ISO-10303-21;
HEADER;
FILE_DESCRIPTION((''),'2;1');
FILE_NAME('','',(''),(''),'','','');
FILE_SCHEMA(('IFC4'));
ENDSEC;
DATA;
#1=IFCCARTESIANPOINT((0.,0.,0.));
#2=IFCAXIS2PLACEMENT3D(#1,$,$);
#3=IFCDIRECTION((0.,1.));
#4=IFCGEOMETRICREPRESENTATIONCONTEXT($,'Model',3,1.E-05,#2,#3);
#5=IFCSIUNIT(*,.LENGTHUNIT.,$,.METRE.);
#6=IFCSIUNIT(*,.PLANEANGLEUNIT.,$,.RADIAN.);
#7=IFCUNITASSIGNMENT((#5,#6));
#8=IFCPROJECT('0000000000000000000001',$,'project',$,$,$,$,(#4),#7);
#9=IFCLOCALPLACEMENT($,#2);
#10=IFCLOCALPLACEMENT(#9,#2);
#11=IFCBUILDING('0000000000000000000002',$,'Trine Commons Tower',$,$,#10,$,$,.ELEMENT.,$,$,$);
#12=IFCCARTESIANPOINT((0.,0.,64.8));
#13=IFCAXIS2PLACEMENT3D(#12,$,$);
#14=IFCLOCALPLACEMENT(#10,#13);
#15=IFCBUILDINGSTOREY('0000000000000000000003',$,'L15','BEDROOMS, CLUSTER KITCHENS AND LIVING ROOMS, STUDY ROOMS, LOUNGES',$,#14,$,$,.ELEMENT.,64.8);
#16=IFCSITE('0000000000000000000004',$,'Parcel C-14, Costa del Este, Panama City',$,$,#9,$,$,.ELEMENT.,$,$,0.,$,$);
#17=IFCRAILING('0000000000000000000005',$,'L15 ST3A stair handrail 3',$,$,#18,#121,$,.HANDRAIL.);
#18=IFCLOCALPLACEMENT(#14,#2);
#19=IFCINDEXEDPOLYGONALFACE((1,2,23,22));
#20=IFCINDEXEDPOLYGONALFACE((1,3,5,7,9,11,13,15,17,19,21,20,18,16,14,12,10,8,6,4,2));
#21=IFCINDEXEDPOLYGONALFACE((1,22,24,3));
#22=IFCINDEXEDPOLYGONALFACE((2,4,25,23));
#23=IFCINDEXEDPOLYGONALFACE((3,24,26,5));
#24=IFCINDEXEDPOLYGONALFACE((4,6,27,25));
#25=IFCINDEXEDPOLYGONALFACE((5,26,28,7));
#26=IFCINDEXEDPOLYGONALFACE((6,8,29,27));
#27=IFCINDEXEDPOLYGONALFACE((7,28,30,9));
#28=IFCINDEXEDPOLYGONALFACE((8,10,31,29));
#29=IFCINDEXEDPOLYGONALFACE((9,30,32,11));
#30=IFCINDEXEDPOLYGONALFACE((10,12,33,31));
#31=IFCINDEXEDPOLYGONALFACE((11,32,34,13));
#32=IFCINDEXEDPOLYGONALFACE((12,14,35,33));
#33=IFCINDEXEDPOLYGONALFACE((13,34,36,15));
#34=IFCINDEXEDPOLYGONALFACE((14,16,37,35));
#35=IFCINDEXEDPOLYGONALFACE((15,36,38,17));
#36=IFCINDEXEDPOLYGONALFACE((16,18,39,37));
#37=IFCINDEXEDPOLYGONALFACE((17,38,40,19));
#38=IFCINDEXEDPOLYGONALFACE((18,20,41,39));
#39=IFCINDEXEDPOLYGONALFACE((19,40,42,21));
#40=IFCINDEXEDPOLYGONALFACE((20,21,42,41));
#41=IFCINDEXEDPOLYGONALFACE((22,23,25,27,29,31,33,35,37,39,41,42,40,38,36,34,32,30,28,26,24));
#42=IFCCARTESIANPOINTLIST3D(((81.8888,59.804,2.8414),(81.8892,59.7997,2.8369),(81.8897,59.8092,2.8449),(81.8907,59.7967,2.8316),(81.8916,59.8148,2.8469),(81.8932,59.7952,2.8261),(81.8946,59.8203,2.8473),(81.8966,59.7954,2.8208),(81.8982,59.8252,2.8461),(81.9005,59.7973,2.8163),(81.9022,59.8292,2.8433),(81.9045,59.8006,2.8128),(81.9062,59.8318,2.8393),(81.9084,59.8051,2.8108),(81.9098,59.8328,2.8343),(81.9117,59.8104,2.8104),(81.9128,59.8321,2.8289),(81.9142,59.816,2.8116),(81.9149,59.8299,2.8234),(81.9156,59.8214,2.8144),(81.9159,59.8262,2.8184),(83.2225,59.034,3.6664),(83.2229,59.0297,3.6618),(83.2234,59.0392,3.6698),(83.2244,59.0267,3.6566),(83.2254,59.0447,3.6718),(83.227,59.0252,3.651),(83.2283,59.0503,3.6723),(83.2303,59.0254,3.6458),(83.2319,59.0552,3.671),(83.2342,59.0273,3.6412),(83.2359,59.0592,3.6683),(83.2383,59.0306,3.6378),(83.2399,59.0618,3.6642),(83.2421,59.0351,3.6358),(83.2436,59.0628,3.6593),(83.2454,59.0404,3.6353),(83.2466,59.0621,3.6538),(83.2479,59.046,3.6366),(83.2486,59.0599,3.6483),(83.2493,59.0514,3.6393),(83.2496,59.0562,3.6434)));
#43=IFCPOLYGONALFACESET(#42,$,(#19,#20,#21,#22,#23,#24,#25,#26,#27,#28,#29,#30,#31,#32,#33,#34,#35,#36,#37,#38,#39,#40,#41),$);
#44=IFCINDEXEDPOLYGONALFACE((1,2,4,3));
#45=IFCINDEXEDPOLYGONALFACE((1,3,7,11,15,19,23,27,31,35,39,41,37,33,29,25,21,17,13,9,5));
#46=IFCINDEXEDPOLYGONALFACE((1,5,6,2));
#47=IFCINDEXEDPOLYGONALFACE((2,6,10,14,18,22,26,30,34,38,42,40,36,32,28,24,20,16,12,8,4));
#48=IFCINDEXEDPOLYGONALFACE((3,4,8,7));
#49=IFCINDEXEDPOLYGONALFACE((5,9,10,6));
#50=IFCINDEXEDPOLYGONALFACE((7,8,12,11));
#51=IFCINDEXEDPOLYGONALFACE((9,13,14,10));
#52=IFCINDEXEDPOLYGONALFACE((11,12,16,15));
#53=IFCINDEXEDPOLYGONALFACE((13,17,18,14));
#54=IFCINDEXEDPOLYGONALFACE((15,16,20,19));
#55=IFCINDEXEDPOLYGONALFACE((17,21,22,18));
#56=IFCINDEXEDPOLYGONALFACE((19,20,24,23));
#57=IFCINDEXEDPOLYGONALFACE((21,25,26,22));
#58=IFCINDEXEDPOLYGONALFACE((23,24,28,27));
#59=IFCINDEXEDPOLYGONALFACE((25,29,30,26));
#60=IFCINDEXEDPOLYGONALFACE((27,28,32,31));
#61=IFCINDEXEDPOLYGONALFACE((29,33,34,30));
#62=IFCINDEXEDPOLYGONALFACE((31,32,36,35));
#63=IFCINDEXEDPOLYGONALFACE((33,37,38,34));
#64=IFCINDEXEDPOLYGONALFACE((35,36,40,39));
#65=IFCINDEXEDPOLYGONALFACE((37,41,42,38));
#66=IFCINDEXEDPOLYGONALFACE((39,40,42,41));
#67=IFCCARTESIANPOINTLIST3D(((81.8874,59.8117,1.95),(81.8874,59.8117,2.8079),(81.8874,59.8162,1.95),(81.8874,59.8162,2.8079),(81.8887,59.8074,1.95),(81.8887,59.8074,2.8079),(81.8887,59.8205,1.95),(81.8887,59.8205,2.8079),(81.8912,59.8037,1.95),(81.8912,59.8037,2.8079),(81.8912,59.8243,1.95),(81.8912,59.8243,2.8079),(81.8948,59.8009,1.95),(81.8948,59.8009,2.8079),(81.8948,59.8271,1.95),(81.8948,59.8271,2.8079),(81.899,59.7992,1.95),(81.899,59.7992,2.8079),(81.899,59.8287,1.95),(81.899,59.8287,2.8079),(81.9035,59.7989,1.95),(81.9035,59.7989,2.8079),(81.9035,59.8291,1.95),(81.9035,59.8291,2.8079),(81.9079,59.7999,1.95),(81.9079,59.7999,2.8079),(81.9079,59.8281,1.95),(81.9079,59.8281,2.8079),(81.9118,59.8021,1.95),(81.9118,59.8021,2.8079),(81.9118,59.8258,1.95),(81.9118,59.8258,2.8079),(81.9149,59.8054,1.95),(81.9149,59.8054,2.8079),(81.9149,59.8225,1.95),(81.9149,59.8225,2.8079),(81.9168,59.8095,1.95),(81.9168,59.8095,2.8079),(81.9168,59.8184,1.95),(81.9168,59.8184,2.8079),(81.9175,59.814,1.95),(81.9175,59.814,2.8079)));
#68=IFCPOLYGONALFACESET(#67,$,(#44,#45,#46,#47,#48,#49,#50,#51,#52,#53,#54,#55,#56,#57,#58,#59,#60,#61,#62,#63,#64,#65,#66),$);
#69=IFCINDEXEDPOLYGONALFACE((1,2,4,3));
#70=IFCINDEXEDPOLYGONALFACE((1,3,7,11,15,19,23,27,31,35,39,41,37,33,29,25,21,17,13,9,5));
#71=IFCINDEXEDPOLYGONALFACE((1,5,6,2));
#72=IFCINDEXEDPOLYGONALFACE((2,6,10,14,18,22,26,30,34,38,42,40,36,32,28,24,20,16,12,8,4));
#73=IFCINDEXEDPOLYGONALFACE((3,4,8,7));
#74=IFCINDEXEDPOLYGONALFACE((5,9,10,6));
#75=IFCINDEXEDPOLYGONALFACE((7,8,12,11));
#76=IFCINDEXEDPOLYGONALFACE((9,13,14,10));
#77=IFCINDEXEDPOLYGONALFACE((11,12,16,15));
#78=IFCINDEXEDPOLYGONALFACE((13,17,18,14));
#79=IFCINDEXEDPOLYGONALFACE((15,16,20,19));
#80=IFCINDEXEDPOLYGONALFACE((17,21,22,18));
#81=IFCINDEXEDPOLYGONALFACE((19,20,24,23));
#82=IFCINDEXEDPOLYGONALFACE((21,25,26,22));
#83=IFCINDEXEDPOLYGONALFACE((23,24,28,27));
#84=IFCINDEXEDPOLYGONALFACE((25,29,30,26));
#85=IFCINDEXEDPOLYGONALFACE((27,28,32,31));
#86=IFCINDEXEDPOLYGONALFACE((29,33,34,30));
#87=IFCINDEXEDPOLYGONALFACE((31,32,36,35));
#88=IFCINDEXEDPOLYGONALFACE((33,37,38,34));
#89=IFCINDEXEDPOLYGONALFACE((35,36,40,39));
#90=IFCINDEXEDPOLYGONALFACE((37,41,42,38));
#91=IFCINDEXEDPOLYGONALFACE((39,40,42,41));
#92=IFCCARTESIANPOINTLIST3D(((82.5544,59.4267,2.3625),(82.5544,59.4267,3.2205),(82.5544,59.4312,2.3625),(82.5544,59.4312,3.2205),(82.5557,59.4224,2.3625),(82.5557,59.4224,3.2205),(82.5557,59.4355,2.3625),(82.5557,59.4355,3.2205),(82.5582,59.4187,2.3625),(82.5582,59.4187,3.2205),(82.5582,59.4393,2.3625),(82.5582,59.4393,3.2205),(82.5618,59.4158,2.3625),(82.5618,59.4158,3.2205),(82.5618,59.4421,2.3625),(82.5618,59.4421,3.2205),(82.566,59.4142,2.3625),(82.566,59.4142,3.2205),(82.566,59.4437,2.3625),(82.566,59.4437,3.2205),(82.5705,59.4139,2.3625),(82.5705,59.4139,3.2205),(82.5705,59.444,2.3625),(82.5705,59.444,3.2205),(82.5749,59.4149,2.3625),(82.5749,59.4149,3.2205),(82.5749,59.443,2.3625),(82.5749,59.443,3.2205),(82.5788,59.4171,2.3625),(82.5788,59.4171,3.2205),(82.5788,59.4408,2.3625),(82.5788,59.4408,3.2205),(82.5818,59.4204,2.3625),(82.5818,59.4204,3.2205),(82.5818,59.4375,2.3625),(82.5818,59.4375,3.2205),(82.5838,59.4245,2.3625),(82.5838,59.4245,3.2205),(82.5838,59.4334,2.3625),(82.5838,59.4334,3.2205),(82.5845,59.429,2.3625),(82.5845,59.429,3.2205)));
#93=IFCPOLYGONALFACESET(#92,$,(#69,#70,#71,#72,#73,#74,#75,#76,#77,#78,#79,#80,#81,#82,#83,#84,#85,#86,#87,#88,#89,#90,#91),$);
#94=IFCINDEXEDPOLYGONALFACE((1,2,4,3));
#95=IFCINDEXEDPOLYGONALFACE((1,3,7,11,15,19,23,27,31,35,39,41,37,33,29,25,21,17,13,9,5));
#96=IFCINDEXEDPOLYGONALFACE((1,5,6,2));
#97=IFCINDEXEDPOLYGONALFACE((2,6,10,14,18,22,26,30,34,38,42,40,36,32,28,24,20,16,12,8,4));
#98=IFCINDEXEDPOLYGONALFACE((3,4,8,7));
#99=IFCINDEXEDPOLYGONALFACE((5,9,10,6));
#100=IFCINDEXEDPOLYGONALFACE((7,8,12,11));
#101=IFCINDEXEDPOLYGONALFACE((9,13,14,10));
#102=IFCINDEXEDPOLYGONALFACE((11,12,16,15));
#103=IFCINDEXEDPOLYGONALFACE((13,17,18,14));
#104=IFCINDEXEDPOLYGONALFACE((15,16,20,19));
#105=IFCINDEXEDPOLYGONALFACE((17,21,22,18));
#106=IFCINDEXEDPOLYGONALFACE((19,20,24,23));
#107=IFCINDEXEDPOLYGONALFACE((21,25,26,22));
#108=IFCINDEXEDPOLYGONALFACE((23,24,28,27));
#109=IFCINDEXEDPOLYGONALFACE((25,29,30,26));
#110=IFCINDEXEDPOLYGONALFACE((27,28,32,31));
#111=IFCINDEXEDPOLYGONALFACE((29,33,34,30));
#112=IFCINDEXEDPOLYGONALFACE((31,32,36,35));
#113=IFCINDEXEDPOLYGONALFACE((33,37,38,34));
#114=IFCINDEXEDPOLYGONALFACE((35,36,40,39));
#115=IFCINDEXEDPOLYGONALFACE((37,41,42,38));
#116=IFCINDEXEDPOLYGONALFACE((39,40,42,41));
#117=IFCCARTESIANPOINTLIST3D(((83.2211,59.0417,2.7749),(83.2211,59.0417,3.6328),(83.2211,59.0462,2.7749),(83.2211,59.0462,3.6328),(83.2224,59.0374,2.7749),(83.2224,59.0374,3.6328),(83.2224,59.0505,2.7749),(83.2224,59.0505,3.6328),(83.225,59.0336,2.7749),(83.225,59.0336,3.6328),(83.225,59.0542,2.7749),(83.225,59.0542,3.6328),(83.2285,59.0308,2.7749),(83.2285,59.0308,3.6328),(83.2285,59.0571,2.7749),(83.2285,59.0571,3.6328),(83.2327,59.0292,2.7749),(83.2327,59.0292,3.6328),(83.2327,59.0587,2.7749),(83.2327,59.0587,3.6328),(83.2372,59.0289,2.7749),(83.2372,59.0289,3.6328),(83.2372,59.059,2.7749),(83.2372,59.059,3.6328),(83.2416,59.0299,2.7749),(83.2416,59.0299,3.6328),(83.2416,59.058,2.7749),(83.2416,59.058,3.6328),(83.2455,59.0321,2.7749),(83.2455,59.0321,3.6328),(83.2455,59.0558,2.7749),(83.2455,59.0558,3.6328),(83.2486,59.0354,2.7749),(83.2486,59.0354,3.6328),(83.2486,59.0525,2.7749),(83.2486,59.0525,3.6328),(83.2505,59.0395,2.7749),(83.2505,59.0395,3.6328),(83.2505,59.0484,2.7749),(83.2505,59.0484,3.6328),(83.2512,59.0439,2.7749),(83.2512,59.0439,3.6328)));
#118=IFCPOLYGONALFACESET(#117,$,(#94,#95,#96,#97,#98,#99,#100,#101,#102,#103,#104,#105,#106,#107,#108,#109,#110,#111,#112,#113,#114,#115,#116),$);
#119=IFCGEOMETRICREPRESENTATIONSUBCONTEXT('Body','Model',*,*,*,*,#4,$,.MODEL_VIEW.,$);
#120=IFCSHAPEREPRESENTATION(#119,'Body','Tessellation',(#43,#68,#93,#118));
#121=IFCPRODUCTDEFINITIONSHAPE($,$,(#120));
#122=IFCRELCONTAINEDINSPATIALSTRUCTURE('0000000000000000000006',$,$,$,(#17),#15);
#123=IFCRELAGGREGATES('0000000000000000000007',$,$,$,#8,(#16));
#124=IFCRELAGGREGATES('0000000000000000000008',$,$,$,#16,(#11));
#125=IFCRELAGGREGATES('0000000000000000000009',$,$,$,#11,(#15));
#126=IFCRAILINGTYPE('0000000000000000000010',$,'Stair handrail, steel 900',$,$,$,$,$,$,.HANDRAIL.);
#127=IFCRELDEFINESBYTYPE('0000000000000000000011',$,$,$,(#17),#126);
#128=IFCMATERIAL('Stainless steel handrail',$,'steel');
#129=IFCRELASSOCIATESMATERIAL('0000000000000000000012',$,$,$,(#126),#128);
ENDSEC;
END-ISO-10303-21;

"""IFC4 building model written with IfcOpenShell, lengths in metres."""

from ifc_helpers import new_model, si_unit, direction, frame, origin, origin_2d, place, context, subcontext, project, spatial, circle, extrude, material, type_object, element, save


model = new_model("IFC4")

# Units and contexts
model_context = context("Model", 3, precision=1e-05, world=origin(), true_north=direction((0.0, 1.0)))
body_context = subcontext(model_context, "Body", "Model", "MODEL_VIEW")
ifc_project = project(units=[si_unit("LENGTHUNIT", "METRE"), si_unit("PLANEANGLEUNIT", "RADIAN")], contexts=[model_context])

# Site, building, storey
site_placement = place(None, origin())
site = spatial("IfcSite", under=ifc_project, at=site_placement, Name="Parcel C-14, Costa del Este, Panama City", CompositionType="ELEMENT", RefElevation=0.0)
building_placement = place(site_placement, origin())
building = spatial("IfcBuilding", under=site, at=building_placement, Name="Trine Commons Tower", CompositionType="ELEMENT")
storey_placement = place(building_placement, frame((0.0, 0.0, 64.8)))
storey = spatial("IfcBuildingStorey", under=building, at=storey_placement, Name="L15", Description="BEDROOMS, CLUSTER KITCHENS AND LIVING ROOMS, STUDY ROOMS, LOUNGES", CompositionType="ELEMENT", Elevation=64.8)

# Railing
ifc_material_1 = material(Name="Stainless steel handrail", Category="steel")
railing_type_1 = type_object("IfcRailingType", Name="Stair handrail, steel 900", PredefinedType="HANDRAIL", material=ifc_material_1)
railing_1_placement = place(storey_placement, frame((81.9023, 59.814, 1.95)))
element("IfcRailing", 1, at=railing_1_placement, inside=storey, type_object=railing_type_1, Name="L15 ST3A stair handrail 3", PredefinedType="HANDRAIL", context=body_context, shape_type="SweptSolid", body=[
    extrude(circle(Radius=0.021, at=origin_2d()), frame((0.0, 0.0, 0.8789), z_axis=(0.763405, -0.440743, 0.472185), x_axis=(0.499992, 0.86603, 0.0)), (0.0, 0.0, 1.0), 1.7471),
    extrude(circle(Radius=0.0151, at=origin_2d()), origin(), (0.0, 0.0, 1.0), 0.8579),
    extrude(circle(Radius=0.0151, at=origin_2d()), frame((0.667, -0.385, 0.4126)), (0.0, 0.0, 1.0), 0.8579),
    extrude(circle(Radius=0.0151, at=origin_2d()), frame((1.3337, -0.77, 0.825)), (0.0, 0.0, 1.0), 0.8579),
])

save(model, "model.ifc")
